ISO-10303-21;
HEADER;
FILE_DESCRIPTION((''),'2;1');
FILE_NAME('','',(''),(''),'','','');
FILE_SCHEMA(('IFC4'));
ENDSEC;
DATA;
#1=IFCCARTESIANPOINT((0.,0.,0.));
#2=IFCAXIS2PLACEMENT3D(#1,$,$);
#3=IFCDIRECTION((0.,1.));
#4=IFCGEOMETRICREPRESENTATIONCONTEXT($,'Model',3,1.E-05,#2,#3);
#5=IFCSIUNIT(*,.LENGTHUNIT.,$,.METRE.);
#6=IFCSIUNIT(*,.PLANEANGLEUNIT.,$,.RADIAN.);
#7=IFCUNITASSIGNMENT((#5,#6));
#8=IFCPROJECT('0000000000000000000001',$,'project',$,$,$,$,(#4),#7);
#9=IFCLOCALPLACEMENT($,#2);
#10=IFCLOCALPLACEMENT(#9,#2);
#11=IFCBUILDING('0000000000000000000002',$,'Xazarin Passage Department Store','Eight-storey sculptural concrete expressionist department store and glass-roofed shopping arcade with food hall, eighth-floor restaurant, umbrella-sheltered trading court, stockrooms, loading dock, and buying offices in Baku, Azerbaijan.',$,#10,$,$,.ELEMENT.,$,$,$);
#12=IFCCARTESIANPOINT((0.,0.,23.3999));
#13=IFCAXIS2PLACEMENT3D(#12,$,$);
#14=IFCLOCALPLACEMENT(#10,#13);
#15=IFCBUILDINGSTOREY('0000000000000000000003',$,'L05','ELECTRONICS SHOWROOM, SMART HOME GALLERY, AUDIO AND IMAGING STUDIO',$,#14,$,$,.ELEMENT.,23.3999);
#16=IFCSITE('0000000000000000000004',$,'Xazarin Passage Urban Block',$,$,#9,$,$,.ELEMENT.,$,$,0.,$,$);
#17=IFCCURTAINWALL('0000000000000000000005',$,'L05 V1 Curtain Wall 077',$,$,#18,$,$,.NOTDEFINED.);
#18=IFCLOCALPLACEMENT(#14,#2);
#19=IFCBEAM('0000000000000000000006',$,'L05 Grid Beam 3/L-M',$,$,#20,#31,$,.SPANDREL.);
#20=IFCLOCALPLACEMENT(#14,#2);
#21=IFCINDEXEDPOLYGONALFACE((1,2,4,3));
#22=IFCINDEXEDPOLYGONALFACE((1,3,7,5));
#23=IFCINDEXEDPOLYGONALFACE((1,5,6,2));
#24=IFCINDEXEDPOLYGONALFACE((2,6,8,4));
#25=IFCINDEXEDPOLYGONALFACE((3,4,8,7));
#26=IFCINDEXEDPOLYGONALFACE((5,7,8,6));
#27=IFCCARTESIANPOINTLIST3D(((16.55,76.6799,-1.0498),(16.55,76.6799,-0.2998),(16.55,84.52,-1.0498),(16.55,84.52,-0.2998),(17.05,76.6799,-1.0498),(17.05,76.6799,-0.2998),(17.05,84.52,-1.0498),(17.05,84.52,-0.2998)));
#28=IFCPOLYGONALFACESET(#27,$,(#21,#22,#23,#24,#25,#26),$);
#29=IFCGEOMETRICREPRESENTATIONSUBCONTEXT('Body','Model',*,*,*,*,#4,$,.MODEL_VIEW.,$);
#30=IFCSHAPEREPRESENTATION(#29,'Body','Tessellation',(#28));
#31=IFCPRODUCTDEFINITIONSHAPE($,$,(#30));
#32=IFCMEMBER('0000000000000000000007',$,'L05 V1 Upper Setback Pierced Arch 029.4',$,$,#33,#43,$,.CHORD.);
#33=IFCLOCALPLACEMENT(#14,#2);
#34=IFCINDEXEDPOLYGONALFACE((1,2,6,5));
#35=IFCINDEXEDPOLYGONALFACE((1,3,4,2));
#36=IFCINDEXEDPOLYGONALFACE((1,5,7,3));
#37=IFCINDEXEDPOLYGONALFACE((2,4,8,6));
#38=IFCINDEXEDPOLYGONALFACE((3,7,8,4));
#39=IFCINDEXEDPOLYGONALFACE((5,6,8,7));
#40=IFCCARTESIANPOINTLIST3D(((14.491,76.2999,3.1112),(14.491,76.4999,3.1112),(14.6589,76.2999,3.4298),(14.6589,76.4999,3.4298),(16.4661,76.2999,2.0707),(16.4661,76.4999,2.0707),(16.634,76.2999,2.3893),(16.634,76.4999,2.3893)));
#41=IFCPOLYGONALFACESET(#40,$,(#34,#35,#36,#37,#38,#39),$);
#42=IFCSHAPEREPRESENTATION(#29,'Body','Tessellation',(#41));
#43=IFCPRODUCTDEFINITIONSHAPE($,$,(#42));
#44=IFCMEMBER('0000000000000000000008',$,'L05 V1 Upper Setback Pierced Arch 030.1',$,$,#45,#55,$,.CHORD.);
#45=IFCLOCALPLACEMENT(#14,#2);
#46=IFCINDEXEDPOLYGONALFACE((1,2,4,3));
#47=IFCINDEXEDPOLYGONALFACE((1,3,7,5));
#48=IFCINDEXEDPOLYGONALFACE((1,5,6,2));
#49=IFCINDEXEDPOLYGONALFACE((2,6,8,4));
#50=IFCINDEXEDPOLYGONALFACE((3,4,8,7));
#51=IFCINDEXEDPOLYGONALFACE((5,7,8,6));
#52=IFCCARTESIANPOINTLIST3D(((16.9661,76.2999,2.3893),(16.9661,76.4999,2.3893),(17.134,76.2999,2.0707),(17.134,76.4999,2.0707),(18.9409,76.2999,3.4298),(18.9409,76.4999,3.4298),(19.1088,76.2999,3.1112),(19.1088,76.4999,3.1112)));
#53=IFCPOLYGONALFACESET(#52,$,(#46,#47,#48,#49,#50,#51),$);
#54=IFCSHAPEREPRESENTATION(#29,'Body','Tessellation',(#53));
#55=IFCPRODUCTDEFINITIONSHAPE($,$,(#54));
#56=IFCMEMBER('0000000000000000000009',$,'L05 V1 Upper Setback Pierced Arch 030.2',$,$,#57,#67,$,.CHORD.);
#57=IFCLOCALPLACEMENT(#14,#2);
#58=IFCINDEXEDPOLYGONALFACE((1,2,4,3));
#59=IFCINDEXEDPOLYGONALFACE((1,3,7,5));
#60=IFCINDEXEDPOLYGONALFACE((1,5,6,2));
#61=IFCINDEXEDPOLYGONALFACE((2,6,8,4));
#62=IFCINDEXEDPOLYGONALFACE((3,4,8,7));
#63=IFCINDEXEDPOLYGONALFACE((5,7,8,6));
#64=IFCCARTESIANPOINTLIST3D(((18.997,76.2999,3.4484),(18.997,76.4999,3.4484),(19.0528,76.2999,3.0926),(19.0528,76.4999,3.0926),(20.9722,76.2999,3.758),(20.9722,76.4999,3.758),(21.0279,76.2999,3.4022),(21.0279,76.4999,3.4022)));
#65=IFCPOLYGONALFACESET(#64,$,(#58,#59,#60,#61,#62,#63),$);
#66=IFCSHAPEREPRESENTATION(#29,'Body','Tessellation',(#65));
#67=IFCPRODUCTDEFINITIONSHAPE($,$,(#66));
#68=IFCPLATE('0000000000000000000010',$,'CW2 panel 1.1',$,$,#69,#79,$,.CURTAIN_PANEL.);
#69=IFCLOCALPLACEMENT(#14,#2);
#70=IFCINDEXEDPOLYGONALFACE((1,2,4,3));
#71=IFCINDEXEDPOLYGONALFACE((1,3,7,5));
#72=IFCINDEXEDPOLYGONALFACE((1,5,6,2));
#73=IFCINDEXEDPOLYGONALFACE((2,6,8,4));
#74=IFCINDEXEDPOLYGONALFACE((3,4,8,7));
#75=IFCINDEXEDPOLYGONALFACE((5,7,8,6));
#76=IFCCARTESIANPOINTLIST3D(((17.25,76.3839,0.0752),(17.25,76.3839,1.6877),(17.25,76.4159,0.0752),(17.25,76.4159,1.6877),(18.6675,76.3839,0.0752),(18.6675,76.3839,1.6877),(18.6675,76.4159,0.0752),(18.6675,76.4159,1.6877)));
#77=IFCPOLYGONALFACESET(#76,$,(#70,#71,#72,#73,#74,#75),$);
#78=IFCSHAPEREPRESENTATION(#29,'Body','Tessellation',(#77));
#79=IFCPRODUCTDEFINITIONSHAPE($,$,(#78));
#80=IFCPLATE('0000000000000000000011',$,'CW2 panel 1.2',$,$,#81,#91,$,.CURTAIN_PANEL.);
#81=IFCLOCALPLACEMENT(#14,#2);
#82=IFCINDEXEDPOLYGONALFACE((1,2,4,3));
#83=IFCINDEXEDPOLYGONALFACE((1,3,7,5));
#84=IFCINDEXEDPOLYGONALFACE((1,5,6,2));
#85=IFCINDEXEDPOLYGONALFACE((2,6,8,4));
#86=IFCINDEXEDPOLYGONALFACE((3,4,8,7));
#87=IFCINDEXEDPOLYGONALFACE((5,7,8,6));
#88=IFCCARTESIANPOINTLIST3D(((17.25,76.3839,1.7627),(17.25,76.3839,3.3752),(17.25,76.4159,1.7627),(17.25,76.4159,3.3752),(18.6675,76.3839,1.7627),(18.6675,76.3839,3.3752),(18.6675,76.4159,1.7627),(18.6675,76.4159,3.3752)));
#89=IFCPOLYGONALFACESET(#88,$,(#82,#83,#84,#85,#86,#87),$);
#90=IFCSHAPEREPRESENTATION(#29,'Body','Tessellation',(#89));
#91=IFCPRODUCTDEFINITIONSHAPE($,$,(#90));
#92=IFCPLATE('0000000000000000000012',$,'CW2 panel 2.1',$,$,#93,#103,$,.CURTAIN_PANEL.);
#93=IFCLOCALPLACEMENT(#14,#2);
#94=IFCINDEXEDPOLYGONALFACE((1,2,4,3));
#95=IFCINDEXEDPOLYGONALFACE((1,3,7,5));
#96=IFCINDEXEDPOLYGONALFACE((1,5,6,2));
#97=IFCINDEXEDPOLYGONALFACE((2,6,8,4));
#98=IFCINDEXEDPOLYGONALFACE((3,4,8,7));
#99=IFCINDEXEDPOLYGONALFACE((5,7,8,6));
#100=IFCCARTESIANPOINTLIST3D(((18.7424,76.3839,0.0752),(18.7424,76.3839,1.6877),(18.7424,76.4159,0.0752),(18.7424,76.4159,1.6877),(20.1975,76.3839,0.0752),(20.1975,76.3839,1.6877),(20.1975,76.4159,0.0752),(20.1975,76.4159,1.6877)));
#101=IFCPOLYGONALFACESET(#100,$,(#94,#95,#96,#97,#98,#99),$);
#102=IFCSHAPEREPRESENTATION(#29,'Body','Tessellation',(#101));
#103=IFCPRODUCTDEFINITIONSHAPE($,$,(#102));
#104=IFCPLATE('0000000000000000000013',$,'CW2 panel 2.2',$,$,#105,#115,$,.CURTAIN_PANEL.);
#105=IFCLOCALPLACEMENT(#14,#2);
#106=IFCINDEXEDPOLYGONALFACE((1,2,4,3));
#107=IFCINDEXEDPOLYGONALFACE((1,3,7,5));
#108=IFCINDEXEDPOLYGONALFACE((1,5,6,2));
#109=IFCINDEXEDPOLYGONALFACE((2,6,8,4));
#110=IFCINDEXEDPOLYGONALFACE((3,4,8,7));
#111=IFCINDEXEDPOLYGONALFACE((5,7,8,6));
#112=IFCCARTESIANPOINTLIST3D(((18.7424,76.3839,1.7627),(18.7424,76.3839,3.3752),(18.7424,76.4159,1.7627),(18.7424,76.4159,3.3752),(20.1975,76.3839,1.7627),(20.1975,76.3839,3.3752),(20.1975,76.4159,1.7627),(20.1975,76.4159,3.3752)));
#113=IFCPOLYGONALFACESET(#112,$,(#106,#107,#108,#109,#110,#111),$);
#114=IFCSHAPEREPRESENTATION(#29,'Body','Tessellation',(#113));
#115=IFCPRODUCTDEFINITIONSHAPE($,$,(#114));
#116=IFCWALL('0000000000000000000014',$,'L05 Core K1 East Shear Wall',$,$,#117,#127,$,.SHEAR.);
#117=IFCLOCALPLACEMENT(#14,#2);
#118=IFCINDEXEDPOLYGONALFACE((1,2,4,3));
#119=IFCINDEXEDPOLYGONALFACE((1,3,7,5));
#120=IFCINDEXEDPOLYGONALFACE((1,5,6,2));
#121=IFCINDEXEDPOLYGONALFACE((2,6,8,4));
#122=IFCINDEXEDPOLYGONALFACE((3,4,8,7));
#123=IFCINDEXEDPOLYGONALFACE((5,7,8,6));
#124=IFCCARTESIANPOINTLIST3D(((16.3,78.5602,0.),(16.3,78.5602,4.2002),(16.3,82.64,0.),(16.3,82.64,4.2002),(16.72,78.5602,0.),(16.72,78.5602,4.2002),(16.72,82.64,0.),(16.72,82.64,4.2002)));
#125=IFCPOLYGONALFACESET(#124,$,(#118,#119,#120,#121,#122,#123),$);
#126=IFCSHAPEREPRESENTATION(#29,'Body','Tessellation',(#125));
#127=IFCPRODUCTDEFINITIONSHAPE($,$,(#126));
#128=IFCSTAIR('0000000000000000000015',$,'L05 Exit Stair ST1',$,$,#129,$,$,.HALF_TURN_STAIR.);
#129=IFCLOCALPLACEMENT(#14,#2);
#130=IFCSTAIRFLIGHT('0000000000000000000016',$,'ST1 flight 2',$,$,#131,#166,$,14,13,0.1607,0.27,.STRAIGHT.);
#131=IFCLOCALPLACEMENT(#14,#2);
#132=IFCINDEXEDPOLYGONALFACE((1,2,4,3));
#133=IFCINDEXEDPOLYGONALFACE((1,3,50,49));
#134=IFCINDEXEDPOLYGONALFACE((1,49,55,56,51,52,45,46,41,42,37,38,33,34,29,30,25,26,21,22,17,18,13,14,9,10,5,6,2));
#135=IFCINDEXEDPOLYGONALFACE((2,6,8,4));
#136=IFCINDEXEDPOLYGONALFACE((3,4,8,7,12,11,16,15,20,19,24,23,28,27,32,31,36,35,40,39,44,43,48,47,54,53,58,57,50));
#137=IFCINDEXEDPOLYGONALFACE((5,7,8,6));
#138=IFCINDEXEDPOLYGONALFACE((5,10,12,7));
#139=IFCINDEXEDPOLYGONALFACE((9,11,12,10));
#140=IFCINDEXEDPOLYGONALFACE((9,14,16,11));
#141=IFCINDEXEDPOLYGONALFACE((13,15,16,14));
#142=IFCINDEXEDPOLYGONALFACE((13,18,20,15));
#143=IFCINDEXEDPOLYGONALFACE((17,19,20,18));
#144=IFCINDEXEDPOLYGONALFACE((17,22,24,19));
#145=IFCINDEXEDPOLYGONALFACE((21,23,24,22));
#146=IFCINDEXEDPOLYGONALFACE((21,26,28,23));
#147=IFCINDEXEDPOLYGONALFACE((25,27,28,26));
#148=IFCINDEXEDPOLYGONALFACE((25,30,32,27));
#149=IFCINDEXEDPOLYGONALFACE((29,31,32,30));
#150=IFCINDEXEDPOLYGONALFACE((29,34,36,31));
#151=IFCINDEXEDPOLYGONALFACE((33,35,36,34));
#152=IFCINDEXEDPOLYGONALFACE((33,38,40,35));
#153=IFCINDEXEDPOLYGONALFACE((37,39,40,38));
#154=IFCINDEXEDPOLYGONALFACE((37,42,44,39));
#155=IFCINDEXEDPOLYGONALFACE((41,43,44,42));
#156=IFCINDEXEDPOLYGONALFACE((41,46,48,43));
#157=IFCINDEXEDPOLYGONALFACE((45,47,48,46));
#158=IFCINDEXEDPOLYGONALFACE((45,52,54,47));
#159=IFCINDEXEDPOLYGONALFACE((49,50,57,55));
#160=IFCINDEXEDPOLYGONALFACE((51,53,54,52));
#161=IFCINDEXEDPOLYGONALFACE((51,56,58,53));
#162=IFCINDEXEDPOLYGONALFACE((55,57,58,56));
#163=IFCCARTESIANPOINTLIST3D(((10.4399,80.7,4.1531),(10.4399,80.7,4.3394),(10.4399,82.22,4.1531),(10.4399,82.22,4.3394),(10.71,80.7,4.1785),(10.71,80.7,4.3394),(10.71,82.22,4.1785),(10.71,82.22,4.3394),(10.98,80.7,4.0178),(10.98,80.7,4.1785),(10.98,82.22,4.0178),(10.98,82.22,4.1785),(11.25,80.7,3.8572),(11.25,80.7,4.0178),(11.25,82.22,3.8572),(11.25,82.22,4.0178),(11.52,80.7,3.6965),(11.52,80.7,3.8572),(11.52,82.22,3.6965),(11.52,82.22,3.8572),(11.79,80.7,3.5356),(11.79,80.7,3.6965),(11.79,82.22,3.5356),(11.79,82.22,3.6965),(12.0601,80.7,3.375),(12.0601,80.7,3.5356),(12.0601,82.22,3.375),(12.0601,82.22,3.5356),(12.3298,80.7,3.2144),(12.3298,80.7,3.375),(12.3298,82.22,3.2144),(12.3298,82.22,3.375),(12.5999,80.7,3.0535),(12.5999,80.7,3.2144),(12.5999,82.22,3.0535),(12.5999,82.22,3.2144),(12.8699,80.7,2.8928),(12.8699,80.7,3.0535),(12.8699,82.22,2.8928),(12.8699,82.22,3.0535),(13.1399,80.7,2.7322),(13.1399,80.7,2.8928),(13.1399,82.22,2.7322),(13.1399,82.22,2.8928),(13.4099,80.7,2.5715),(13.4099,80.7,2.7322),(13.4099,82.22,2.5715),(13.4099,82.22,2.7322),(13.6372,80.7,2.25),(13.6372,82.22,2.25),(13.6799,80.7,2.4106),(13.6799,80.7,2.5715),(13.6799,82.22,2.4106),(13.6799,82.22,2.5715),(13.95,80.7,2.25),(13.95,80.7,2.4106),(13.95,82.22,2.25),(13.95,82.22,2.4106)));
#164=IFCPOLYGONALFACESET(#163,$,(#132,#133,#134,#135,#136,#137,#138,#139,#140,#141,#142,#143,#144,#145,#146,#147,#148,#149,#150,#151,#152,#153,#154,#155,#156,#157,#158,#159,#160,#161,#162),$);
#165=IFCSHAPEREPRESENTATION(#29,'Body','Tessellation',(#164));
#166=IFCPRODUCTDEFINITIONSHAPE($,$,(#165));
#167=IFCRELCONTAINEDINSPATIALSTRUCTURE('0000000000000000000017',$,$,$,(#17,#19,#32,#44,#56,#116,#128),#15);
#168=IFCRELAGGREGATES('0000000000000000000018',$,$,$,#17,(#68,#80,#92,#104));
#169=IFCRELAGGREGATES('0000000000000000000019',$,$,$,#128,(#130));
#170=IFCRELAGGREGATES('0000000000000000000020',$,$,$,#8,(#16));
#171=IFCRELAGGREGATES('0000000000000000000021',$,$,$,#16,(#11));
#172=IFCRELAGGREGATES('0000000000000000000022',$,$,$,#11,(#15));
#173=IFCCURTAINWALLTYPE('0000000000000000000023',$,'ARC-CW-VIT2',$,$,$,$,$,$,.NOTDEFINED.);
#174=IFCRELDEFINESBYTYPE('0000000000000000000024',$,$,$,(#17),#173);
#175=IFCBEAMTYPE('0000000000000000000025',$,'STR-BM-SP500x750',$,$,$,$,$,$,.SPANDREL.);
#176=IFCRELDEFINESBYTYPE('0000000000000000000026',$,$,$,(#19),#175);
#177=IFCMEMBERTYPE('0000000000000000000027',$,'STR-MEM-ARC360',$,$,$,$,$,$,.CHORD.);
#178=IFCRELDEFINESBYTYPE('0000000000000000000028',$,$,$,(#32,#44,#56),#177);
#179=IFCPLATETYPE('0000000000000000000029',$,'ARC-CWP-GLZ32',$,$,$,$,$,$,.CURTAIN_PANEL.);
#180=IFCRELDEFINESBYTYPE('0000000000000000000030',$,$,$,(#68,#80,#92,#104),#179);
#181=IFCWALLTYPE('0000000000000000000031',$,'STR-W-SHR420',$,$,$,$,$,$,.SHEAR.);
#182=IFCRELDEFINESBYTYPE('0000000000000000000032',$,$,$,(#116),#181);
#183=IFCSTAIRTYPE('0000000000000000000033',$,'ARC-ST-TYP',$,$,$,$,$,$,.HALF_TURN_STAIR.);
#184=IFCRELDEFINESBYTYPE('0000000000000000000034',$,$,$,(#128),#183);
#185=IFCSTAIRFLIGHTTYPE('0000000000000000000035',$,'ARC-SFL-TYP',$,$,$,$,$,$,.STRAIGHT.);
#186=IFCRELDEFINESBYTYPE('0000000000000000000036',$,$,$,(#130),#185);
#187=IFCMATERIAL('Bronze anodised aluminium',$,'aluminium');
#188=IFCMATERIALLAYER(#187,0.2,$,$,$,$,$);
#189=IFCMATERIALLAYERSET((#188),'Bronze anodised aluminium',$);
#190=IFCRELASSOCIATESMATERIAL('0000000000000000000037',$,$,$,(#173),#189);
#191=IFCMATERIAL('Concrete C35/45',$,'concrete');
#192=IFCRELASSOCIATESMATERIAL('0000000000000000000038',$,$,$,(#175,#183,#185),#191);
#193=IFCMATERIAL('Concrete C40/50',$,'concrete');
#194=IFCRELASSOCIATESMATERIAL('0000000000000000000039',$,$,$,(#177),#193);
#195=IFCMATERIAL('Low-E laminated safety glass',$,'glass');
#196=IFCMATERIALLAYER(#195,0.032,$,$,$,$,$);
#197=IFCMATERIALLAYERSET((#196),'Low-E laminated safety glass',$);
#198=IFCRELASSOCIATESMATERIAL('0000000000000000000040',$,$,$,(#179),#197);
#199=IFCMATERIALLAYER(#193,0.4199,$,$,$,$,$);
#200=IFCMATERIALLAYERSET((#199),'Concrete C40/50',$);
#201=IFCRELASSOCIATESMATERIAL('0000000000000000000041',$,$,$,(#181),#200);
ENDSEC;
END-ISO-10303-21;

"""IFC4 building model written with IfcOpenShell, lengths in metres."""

from ifc_helpers import new_model, si_unit, direction, frame, frame_2d, origin, origin_2d, place, context, subcontext, project, spatial, polyline, rectangle, outline, extrude, material, layer, layer_set, material_profile, profile_set, type_object, element, aggregate, save


model = new_model("IFC4")

# Units and contexts
model_context = context("Model", 3, precision=1e-05, world=origin(), true_north=direction((0.0, 1.0)))
body_context = subcontext(model_context, "Body", "Model", "MODEL_VIEW")
ifc_project = project(units=[si_unit("LENGTHUNIT", "METRE"), si_unit("PLANEANGLEUNIT", "RADIAN")], contexts=[model_context])

# Site, building, storey
site_placement = place(None, origin())
site = spatial("IfcSite", under=ifc_project, at=site_placement, Name="Xazarin Passage Urban Block", CompositionType="ELEMENT", RefElevation=0.0)
building_placement = place(site_placement, origin())
building = spatial("IfcBuilding", under=site, at=building_placement, Name="Xazarin Passage Department Store", Description="Eight-storey sculptural concrete expressionist department store and glass-roofed shopping arcade with food hall, eighth-floor restaurant, umbrella-sheltered trading court, stockrooms, loading dock, and buying offices in Baku, Azerbaijan.", CompositionType="ELEMENT")
storey_placement = place(building_placement, frame((0.0, 0.0, 23.3999)))
storey = spatial("IfcBuildingStorey", under=building, at=storey_placement, Name="L05", Description="ELECTRONICS SHOWROOM, SMART HOME GALLERY, AUDIO AND IMAGING STUDIO", CompositionType="ELEMENT", Elevation=23.3999)

# Shared definitions
ifc_material_1 = material(Name="Concrete C40/50", Category="concrete")

# Curtain wall
ifc_material_2 = material(Name="Bronze anodised aluminium", Category="aluminium")
ifc_layer_1 = layer(ifc_material_2, 0.2)
ifc_layer_set_1 = layer_set([ifc_layer_1], Name="Bronze anodised aluminium")
curtain_wall_type = type_object("IfcCurtainWallType", Name="ARC-CW-VIT2", PredefinedType="NOTDEFINED", material=ifc_layer_set_1)
curtain_wall_placement = place(storey_placement, origin())
curtain_wall = element("IfcCurtainWall", 1, at=curtain_wall_placement, inside=storey, type_object=curtain_wall_type, Name="L05 V1 Curtain Wall 077", PredefinedType="NOTDEFINED")

# Beam
ifc_material_3 = material(Name="Concrete C35/45", Category="concrete")
ifc_material_profile_1 = material_profile(ifc_material_3, rectangle(XDim=0.5, YDim=0.75, at=origin_2d()), Name="RC 500x750")
ifc_profile_set_1 = profile_set([ifc_material_profile_1], Name="Concrete C35/45")
beam_type = type_object("IfcBeamType", Name="STR-BM-SP500x750", PredefinedType="SPANDREL", material=ifc_profile_set_1)
beam_1_placement = place(storey_placement, frame((16.8, 76.6799, -0.6748), z_axis=(0.0, 1.0, 0.0), x_axis=(-1.0, 0.0, 0.0)))
element("IfcBeam", 2, at=beam_1_placement, inside=storey, type_object=beam_type, Name="L05 Grid Beam 3/L-M", PredefinedType="SPANDREL", context=body_context, shape_type="SweptSolid", body=[
    extrude(rectangle(XDim=0.5, YDim=0.75, at=origin_2d()), origin(), (0.0, 0.0, 1.0), 7.8401),
])

# Members
ifc_material_profile_2 = material_profile(ifc_material_1, rectangle(XDim=0.2, YDim=0.3601, at=origin_2d()), Name="RC 200x360")
ifc_profile_set_2 = profile_set([ifc_material_profile_2], Name="Concrete C40/50")
member_type_1 = type_object("IfcMemberType", Name="STR-MEM-ARC360", PredefinedType="CHORD", material=ifc_profile_set_2)
member_1_placement = place(storey_placement, frame((14.575, 76.3999, 3.2705), z_axis=(0.884733, 0.0, -0.466098), x_axis=(0.0, 1.0, 0.0)))
element("IfcMember", 3, at=member_1_placement, inside=storey, type_object=member_type_1, Name="L05 V1 Upper Setback Pierced Arch 029.4", PredefinedType="CHORD", context=body_context, shape_type="SweptSolid", body=[
    extrude(rectangle(XDim=0.2, YDim=0.3601, at=origin_2d()), origin(), (0.0, 0.0, 1.0), 2.2324),
])
member_2_placement = place(storey_placement, frame((17.05, 76.3999, 2.23), z_axis=(0.884709, 0.0, 0.466143), x_axis=(0.0, 1.0, 0.0)))
element("IfcMember", 4, at=member_2_placement, inside=storey, type_object=member_type_1, Name="L05 V1 Upper Setback Pierced Arch 030.1", PredefinedType="CHORD", context=body_context, shape_type="SweptSolid", body=[
    extrude(rectangle(XDim=0.2, YDim=0.3601, at=origin_2d()), origin(), (0.0, 0.0, 1.0), 2.2322),
])
member_3_placement = place(storey_placement, frame((19.0249, 76.3999, 3.2705), z_axis=(0.987939, 0.0, 0.154846), x_axis=(0.0, 1.0, 0.0)))
element("IfcMember", 5, at=member_3_placement, inside=storey, type_object=member_type_1, Name="L05 V1 Upper Setback Pierced Arch 030.2", PredefinedType="CHORD", context=body_context, shape_type="SweptSolid", body=[
    extrude(rectangle(XDim=0.2, YDim=0.3601, at=origin_2d()), origin(), (0.0, 0.0, 1.0), 1.9993),
])

# Plates
ifc_material_4 = material(Name="Low-E laminated safety glass", Category="glass")
ifc_layer_2 = layer(ifc_material_4, 0.032)
ifc_layer_set_2 = layer_set([ifc_layer_2], Name="Low-E laminated safety glass")
plate_type = type_object("IfcPlateType", Name="ARC-CWP-GLZ32", PredefinedType="CURTAIN_PANEL", material=ifc_layer_set_2)
plate_1_placement = place(storey_placement, frame((17.9587, 76.3999, 0.0752), z_axis=(0.0, 0.0, 1.0), x_axis=(1.0, 0.0, 0.0)))
plate_1 = element("IfcPlate", 6, at=plate_1_placement, type_object=plate_type, Name="CW2 panel 1.1", PredefinedType="CURTAIN_PANEL", context=body_context, shape_type="SweptSolid", body=[
    extrude(rectangle(XDim=1.4175, YDim=0.032, at=origin_2d()), origin(), (0.0, 0.0, 1.0), 1.6125),
])
plate_2_placement = place(storey_placement, frame((17.9587, 76.3999, 1.7627), z_axis=(0.0, 0.0, 1.0), x_axis=(1.0, 0.0, 0.0)))
plate_2 = element("IfcPlate", 7, at=plate_2_placement, type_object=plate_type, Name="CW2 panel 1.2", PredefinedType="CURTAIN_PANEL", context=body_context, shape_type="SweptSolid", body=[
    extrude(rectangle(XDim=1.4175, YDim=0.032, at=origin_2d()), origin(), (0.0, 0.0, 1.0), 1.6125),
])
plate_3_placement = place(storey_placement, frame((19.47, 76.3999, 0.0752), z_axis=(0.0, 0.0, 1.0), x_axis=(1.0, 0.0, 0.0)))
plate_3 = element("IfcPlate", 8, at=plate_3_placement, type_object=plate_type, Name="CW2 panel 2.1", PredefinedType="CURTAIN_PANEL", context=body_context, shape_type="SweptSolid", body=[
    extrude(rectangle(XDim=1.4551, YDim=0.032, at=origin_2d()), origin(), (0.0, 0.0, 1.0), 1.6125),
])
plate_4_placement = place(storey_placement, frame((19.47, 76.3999, 1.7627), z_axis=(0.0, 0.0, 1.0), x_axis=(1.0, 0.0, 0.0)))
plate_4 = element("IfcPlate", 9, at=plate_4_placement, type_object=plate_type, Name="CW2 panel 2.2", PredefinedType="CURTAIN_PANEL", context=body_context, shape_type="SweptSolid", body=[
    extrude(rectangle(XDim=1.4551, YDim=0.032, at=origin_2d()), origin(), (0.0, 0.0, 1.0), 1.6125),
])
aggregate(curtain_wall, [plate_1, plate_2, plate_3, plate_4])

# Wall
ifc_layer_3 = layer(ifc_material_1, 0.4199)
ifc_layer_set_3 = layer_set([ifc_layer_3], Name="Concrete C40/50")
wall_type = type_object("IfcWallType", Name="STR-W-SHR420", PredefinedType="SHEAR", material=ifc_layer_set_3)
wall_placement = place(storey_placement, frame((16.51, 78.5601, 0.0), z_axis=(0.0, 0.0, 1.0), x_axis=(0.0, 1.0, 0.0)))
element("IfcWall", 10, at=wall_placement, inside=storey, type_object=wall_type, Name="L05 Core K1 East Shear Wall", PredefinedType="SHEAR", context=body_context, shape_type="SweptSolid", body=[
    extrude(rectangle(XDim=4.0798, YDim=0.4199, at=frame_2d((2.04, 0.0))), origin(), (0.0, 0.0, 1.0), 4.2002),
])

# Stair, stair flight
stair_type = type_object("IfcStairType", Name="ARC-ST-TYP", PredefinedType="HALF_TURN_STAIR", material=ifc_material_3)
stair_placement = place(storey_placement, origin())
stair = element("IfcStair", 11, at=stair_placement, inside=storey, type_object=stair_type, Name="L05 Exit Stair ST1", PredefinedType="HALF_TURN_STAIR")
stair_flight_type = type_object("IfcStairFlightType", Name="ARC-SFL-TYP", PredefinedType="STRAIGHT", material=ifc_material_3)
stair_flight_placement = place(storey_placement, frame((13.95, 81.46, 2.25), z_axis=(0.0, 0.0, 1.0), x_axis=(-1.0, 0.0, 0.0)))
stair_flight = element("IfcStairFlight", 12, at=stair_flight_placement, type_object=stair_flight_type, Name="ST1 flight 2", NumberOfRisers=14, NumberOfTreads=13, PredefinedType="STRAIGHT", RiserHeight=0.1607, TreadLength=0.27, context=body_context, shape_type="SweptSolid", body=[
    extrude(outline(polyline([(0.0, 0.0), (0.0, 0.1606), (0.27, 0.1606), (0.27, 0.3215), (0.54, 0.3215), (0.54, 0.4822), (0.8101, 0.4822), (0.8101, 0.6428), (1.0801, 0.6428), (1.0801, 0.8035), (1.3501, 0.8035), (1.3501, 0.9644), (1.6201, 0.9644), (1.6201, 1.125), (1.8899, 1.125), (1.8899, 1.2856), (2.1599, 1.2856), (2.1599, 1.4465), (2.4299, 1.4465), (2.4299, 1.6072), (2.7, 1.6072), (2.7, 1.7678), (2.97, 1.7678), (2.97, 1.9285), (3.24, 1.9285), (3.24, 2.0894), (3.51, 2.0894), (3.51, 2.25), (3.51, 1.9031), (0.3127, 0.0), (0.0, 0.0)])), frame((0.0, 0.76, 0.0), z_axis=(0.0, -1.0, 0.0), x_axis=(1.0, 0.0, 0.0)), (0.0, 0.0, 1.0), 1.52),
])
aggregate(stair, [stair_flight])

save(model, "model.ifc")
